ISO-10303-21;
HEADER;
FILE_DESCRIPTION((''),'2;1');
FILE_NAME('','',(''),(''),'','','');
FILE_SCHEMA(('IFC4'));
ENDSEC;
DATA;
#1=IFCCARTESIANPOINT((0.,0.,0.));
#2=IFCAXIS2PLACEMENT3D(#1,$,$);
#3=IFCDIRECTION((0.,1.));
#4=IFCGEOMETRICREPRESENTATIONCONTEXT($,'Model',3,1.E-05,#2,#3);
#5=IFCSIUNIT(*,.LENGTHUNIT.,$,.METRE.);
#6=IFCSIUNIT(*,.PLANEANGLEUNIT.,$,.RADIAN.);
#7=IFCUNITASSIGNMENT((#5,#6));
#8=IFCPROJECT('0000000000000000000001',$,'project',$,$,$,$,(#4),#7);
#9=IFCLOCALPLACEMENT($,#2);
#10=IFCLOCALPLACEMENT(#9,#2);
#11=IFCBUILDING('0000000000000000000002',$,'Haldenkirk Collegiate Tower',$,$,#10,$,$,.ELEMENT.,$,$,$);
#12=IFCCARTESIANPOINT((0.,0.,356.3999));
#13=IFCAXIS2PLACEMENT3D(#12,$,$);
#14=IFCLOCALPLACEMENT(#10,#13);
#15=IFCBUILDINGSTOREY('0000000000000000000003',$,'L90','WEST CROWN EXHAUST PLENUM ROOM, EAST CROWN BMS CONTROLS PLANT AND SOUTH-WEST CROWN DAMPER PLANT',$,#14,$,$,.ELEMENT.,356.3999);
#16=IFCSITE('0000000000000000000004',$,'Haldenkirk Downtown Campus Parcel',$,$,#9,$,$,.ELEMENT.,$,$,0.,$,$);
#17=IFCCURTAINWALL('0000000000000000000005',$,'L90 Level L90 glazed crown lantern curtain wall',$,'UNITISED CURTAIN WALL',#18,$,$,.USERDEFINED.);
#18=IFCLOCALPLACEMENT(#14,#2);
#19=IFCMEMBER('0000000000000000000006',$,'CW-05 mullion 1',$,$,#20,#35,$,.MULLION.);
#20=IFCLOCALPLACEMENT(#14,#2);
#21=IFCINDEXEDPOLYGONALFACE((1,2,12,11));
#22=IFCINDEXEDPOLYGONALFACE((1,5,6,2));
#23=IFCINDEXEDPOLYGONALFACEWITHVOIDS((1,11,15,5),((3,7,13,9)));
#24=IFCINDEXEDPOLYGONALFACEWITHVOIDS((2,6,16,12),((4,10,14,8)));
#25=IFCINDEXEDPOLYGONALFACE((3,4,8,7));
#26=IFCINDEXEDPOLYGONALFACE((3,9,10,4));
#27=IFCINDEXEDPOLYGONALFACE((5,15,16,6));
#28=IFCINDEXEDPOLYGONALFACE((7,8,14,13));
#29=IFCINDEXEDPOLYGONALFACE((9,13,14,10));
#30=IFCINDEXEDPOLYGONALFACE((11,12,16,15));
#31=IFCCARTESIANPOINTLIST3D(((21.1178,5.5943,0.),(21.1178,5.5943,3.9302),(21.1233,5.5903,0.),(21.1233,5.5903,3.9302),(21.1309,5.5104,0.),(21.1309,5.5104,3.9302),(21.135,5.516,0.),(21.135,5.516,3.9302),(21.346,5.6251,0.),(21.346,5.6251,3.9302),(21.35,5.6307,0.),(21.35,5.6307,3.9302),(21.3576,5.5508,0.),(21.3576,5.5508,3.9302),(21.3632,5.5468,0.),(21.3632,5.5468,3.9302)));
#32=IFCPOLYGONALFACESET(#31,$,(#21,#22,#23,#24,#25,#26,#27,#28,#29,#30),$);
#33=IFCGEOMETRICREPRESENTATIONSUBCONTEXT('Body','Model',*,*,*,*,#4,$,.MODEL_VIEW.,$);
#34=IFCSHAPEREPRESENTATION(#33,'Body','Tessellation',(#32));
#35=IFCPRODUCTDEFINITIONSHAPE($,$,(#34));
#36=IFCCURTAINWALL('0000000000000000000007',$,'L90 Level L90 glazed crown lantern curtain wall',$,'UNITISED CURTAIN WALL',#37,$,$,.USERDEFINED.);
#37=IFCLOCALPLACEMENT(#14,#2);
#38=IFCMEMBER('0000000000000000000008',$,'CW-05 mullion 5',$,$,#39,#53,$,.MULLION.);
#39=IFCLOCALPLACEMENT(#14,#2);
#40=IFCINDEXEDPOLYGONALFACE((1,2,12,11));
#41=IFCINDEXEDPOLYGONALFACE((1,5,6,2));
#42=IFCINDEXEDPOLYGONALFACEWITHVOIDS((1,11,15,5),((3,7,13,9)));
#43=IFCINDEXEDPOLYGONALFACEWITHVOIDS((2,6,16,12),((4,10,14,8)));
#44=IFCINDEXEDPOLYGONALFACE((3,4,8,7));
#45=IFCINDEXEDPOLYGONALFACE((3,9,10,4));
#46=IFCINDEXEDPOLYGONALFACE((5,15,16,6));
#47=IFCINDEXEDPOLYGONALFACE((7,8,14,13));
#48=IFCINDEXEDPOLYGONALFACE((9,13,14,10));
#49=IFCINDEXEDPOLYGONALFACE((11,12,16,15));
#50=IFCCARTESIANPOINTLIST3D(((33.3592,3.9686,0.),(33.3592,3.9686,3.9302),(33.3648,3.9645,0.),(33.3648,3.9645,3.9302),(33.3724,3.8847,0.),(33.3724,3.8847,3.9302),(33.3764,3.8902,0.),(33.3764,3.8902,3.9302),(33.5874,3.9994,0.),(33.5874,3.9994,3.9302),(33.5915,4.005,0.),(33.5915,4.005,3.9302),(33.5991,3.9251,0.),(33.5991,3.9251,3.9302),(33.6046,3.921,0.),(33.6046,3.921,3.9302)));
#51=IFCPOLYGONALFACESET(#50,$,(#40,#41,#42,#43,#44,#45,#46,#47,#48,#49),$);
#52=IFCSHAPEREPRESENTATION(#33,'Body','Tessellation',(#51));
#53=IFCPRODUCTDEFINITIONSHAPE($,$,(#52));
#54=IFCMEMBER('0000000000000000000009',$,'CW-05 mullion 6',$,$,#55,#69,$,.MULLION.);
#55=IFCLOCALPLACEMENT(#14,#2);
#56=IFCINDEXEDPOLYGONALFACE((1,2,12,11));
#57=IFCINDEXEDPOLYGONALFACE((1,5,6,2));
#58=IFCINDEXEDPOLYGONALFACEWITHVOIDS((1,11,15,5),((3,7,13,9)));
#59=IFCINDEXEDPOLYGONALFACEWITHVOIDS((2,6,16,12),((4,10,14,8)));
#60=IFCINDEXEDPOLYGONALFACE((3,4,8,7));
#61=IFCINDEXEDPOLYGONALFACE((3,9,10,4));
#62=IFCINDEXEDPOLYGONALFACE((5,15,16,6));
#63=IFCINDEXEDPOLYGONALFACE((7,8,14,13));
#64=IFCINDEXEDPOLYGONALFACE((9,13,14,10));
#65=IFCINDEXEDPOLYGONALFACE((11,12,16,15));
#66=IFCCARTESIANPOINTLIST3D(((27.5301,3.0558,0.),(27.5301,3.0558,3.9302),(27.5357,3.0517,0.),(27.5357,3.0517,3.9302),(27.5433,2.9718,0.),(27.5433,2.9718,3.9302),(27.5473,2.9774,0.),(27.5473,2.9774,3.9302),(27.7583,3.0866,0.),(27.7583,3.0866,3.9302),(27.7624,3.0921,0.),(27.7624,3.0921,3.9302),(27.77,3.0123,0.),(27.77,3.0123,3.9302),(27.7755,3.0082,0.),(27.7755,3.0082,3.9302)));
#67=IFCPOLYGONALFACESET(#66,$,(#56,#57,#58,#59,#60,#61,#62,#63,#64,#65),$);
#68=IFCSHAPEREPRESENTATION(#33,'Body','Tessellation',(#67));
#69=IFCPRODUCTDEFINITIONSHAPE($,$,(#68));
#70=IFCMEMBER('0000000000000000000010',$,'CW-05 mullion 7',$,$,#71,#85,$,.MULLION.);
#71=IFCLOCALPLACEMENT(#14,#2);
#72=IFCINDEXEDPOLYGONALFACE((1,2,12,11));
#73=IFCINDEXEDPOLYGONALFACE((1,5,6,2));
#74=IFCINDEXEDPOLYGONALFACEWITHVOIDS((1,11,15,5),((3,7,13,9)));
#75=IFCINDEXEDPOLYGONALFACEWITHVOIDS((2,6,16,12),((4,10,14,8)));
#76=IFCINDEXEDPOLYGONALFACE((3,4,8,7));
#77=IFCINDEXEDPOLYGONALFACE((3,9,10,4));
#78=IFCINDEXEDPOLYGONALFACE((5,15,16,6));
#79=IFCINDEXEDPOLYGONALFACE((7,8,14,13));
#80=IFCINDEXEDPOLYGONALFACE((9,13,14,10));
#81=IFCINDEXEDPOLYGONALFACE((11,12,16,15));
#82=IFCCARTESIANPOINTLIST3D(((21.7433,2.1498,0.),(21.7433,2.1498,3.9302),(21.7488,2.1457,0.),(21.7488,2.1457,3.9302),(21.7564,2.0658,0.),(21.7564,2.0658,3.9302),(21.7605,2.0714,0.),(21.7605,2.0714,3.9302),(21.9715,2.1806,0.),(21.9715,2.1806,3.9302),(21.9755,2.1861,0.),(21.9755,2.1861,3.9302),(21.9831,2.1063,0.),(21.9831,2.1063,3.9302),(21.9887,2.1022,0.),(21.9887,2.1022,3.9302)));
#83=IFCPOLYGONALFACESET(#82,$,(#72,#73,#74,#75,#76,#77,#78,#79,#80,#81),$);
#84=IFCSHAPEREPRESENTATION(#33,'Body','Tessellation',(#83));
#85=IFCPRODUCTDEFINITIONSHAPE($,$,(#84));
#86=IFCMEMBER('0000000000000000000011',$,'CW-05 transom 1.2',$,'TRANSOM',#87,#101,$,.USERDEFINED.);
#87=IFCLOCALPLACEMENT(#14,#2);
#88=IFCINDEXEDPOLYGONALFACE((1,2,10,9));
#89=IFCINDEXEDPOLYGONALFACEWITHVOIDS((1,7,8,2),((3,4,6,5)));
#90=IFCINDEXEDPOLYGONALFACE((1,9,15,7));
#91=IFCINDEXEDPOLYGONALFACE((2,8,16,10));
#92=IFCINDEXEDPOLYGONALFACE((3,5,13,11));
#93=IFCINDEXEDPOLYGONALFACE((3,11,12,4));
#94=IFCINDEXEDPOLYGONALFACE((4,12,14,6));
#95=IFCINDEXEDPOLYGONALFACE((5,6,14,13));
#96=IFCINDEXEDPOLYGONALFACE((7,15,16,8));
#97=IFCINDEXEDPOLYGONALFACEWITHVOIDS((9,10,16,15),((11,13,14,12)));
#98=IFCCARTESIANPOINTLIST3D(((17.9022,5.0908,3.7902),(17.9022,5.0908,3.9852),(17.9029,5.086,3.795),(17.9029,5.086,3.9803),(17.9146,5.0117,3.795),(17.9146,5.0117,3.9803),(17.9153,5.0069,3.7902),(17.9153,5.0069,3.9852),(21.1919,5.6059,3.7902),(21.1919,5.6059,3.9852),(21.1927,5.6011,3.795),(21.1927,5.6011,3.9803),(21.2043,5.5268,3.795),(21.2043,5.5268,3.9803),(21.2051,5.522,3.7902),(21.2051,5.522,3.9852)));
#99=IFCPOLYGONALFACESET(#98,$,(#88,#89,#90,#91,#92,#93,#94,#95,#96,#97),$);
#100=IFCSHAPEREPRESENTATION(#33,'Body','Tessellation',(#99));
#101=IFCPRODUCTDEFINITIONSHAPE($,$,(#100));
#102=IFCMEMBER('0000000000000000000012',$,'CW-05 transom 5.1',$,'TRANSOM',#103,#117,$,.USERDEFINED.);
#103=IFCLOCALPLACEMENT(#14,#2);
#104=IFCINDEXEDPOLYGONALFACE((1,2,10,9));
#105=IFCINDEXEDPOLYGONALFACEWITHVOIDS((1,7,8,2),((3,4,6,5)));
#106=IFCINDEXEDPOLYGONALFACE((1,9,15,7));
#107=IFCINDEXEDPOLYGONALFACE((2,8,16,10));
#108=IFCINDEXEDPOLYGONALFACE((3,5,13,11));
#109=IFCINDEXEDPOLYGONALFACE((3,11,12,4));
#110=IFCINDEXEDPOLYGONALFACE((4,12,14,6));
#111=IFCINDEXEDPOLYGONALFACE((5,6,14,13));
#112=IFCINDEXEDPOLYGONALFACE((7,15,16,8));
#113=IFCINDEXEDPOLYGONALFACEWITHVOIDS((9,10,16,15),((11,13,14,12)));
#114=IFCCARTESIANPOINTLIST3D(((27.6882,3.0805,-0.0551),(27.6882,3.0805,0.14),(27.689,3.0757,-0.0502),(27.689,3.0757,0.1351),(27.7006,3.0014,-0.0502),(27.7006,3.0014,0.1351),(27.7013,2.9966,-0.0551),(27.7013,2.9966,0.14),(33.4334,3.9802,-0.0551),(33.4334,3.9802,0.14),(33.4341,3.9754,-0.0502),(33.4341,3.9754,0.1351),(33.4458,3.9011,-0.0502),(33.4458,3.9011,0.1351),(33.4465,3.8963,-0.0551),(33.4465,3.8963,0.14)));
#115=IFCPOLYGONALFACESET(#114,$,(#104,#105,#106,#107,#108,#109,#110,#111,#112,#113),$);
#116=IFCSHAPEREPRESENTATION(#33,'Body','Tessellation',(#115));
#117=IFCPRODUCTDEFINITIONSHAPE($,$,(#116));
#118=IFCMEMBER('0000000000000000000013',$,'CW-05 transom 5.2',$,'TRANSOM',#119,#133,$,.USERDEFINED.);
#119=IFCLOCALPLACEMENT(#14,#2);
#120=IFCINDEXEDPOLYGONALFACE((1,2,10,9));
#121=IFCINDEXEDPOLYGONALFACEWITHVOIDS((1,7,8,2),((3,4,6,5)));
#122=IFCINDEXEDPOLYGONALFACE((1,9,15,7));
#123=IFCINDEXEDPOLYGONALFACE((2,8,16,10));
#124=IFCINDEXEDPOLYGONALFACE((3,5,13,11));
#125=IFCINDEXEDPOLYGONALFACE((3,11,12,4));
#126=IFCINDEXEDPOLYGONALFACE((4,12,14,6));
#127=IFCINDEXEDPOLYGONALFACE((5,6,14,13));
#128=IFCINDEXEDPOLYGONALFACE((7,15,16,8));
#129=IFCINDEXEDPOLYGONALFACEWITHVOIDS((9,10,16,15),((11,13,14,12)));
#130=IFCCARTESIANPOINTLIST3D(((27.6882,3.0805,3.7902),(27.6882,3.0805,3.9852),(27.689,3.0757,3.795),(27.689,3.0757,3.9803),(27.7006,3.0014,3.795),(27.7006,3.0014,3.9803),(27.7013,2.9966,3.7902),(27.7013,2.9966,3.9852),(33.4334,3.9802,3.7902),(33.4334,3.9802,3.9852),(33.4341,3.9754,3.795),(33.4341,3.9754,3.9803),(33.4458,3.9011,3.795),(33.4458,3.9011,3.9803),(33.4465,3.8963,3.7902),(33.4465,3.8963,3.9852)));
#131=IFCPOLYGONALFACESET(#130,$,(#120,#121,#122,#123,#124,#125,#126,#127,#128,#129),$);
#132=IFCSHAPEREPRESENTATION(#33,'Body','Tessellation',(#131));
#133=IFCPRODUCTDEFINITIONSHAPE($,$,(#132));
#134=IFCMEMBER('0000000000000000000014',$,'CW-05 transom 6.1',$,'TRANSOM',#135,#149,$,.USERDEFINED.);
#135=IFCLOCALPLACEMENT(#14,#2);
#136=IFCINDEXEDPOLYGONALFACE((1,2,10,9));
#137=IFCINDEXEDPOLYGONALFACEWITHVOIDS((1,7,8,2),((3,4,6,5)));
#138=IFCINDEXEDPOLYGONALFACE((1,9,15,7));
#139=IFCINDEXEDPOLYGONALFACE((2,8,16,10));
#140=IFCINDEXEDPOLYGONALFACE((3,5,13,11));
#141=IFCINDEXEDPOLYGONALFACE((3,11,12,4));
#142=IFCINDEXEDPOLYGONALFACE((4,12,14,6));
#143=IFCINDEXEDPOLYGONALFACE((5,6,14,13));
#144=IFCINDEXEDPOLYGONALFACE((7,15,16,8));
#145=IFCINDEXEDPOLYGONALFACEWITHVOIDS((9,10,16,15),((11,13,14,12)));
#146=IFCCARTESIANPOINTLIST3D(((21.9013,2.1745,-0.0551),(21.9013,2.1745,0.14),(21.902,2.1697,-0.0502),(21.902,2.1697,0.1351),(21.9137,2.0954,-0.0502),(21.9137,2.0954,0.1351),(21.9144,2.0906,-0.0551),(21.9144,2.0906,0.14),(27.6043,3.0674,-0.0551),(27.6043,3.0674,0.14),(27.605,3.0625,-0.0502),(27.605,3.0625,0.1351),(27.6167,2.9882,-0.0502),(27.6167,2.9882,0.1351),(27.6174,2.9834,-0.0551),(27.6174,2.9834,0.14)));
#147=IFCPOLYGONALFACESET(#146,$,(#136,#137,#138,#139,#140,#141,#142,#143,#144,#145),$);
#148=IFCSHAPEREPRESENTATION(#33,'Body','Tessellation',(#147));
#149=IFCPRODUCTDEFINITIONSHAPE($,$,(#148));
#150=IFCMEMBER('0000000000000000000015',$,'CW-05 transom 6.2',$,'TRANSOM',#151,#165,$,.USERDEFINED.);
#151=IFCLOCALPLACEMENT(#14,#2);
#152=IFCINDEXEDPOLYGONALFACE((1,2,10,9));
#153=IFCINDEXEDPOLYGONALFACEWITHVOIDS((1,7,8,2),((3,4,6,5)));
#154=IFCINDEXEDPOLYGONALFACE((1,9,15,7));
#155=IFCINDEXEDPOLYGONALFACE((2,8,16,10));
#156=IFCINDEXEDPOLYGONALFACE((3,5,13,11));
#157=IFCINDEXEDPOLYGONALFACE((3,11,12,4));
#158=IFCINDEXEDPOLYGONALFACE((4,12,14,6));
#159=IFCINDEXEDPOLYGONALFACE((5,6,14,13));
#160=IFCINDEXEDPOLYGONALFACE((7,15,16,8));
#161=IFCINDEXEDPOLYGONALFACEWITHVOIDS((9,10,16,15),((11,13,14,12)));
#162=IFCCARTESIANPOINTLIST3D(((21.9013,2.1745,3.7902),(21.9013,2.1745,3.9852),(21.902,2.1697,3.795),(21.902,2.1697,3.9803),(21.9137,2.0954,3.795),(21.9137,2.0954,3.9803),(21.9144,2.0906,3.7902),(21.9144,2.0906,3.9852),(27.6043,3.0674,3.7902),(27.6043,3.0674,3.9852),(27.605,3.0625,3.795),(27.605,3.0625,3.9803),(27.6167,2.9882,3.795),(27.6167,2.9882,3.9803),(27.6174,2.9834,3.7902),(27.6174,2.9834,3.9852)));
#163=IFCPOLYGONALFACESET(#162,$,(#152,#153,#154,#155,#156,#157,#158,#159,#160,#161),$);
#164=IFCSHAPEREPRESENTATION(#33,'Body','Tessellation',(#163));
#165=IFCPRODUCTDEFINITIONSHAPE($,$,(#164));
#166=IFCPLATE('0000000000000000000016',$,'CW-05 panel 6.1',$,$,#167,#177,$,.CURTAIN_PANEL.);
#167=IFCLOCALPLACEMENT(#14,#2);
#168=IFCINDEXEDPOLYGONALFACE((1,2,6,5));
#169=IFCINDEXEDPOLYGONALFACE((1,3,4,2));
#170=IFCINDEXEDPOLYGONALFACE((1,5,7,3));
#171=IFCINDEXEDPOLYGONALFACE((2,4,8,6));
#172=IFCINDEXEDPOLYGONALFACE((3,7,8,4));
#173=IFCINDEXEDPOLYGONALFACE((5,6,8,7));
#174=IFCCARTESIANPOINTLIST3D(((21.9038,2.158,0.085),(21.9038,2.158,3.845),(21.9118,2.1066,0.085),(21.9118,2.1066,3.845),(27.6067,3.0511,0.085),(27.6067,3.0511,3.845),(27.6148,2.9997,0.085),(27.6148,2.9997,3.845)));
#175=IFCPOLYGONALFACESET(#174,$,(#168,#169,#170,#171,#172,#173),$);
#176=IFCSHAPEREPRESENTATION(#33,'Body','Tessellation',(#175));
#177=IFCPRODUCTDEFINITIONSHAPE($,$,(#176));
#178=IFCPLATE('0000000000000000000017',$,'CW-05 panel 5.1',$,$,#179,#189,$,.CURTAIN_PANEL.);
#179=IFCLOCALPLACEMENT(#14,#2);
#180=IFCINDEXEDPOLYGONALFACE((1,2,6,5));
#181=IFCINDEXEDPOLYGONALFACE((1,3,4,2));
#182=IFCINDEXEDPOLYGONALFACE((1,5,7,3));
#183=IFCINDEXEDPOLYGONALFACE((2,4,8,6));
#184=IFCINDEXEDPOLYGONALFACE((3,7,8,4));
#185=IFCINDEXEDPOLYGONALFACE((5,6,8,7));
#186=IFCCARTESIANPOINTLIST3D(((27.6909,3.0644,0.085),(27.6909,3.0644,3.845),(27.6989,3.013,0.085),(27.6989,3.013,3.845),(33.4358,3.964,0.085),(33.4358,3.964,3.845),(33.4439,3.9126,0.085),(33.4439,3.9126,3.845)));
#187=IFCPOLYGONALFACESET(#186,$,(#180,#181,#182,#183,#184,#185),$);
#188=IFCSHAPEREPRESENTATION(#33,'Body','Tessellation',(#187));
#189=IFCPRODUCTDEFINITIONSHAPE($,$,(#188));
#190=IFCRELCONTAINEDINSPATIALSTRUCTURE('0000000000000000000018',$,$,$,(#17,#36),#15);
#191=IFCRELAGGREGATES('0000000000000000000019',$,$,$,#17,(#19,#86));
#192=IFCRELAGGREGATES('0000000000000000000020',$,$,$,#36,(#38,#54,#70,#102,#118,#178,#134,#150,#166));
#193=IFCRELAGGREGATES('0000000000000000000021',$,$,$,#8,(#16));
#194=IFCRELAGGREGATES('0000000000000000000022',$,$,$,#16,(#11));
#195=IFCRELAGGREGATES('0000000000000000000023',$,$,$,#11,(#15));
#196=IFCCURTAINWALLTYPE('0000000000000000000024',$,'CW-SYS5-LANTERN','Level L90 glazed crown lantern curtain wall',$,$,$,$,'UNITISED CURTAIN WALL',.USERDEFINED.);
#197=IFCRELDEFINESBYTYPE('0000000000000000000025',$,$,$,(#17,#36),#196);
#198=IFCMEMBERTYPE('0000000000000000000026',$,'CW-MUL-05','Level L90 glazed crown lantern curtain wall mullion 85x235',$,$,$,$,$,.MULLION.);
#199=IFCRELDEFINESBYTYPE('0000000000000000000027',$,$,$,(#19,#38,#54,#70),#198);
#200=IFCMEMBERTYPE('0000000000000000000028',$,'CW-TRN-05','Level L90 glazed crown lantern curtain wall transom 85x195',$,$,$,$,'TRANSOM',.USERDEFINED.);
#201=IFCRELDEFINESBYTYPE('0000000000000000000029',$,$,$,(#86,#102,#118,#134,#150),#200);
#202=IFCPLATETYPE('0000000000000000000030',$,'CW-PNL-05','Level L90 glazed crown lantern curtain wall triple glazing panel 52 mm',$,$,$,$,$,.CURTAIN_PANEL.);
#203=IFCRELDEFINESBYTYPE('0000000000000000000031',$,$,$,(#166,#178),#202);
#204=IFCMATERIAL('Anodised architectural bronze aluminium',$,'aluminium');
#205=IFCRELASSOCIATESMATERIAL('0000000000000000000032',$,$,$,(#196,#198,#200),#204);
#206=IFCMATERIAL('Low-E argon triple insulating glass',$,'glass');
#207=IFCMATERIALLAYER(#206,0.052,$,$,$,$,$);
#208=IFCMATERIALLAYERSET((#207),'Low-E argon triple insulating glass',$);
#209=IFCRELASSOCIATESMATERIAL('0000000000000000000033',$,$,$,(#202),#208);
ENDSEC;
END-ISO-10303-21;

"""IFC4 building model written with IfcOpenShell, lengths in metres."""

from ifc_helpers import new_model, si_unit, direction, frame, origin, origin_2d, place, context, subcontext, project, spatial, rectangle, hollow_rectangle, extrude, source, transform, mapped, material, layer, layer_set, material_profile, profile_set, type_object, element, aggregate, save


model = new_model("IFC4")

# Units and contexts
model_context = context("Model", 3, precision=1e-05, world=origin(), true_north=direction((0.0, 1.0)))
body_context = subcontext(model_context, "Body", "Model", "MODEL_VIEW")
ifc_project = project(units=[si_unit("LENGTHUNIT", "METRE"), si_unit("PLANEANGLEUNIT", "RADIAN")], contexts=[model_context])

# Site, building, storey
site_placement = place(None, origin())
site = spatial("IfcSite", under=ifc_project, at=site_placement, Name="Haldenkirk Downtown Campus Parcel", CompositionType="ELEMENT", RefElevation=0.0)
building_placement = place(site_placement, origin())
building = spatial("IfcBuilding", under=site, at=building_placement, Name="Haldenkirk Collegiate Tower", CompositionType="ELEMENT")
storey_placement = place(building_placement, frame((0.0, 0.0, 356.3999)))
storey = spatial("IfcBuildingStorey", under=building, at=storey_placement, Name="L90", Description="WEST CROWN EXHAUST PLENUM ROOM, EAST CROWN BMS CONTROLS PLANT AND SOUTH-WEST CROWN DAMPER PLANT", CompositionType="ELEMENT", Elevation=356.3999)

# Curtain wall, member
ifc_material_1 = material(Name="Anodised architectural bronze aluminium", Category="aluminium")
curtain_wall_type = type_object("IfcCurtainWallType", Name="CW-SYS5-LANTERN", Description="Level L90 glazed crown lantern curtain wall", ElementType="UNITISED CURTAIN WALL", PredefinedType="USERDEFINED", material=ifc_material_1)
curtain_wall_1_placement = place(storey_placement, origin())
curtain_wall_1 = element("IfcCurtainWall", 1, at=curtain_wall_1_placement, inside=storey, type_object=curtain_wall_type, Name="L90 Level L90 glazed crown lantern curtain wall", ObjectType="UNITISED CURTAIN WALL", PredefinedType="USERDEFINED")
ifc_material_profile_1 = material_profile(ifc_material_1, hollow_rectangle(XDim=0.085, YDim=0.2351, WallThickness=0.0049, at=origin_2d()), Name="CW-MUL-05")
ifc_profile_set_1 = profile_set([ifc_material_profile_1], Name="Anodised architectural bronze aluminium")
member_type_1 = type_object("IfcMemberType", Name="CW-MUL-05", Description="Level L90 glazed crown lantern curtain wall mullion 85x235", PredefinedType="MULLION", material=ifc_profile_set_1)
member_1_placement = place(storey_placement, frame((21.2405, 5.5706, 0.0), z_axis=(0.0, 0.0, 1.0), x_axis=(0.154689, -0.987963, 0.0)))
member_1 = element("IfcMember", 2, at=member_1_placement, type_object=member_type_1, Name="CW-05 mullion 1", PredefinedType="MULLION", context=body_context, shape_type="SweptSolid", body=[
    extrude(hollow_rectangle(XDim=0.085, YDim=0.2351, WallThickness=0.0049, at=origin_2d()), origin(), (0.0, 0.0, 1.0), 3.9302),
])

# Curtain wall, members
curtain_wall_2_placement = place(storey_placement, origin())
curtain_wall_2 = element("IfcCurtainWall", 3, at=curtain_wall_2_placement, inside=storey, type_object=curtain_wall_type, Name="L90 Level L90 glazed crown lantern curtain wall", ObjectType="UNITISED CURTAIN WALL", PredefinedType="USERDEFINED")
member_2_placement = place(storey_placement, frame((33.4819, 3.9448, 0.0), z_axis=(0.0, 0.0, 1.0), x_axis=(0.154709, -0.98796, 0.0)))
member_2 = element("IfcMember", 4, at=member_2_placement, type_object=member_type_1, Name="CW-05 mullion 5", PredefinedType="MULLION", context=body_context, shape_type="SweptSolid", body=[
    extrude(hollow_rectangle(XDim=0.085, YDim=0.2351, WallThickness=0.0049, at=origin_2d()), origin(), (0.0, 0.0, 1.0), 3.9302),
])
member_3_placement = place(storey_placement, frame((27.6528, 3.032, 0.0), z_axis=(0.0, 0.0, 1.0), x_axis=(0.154709, -0.98796, 0.0)))
member_3 = element("IfcMember", 5, at=member_3_placement, type_object=member_type_1, Name="CW-05 mullion 6", PredefinedType="MULLION", context=body_context, shape_type="SweptSolid", body=[
    extrude(hollow_rectangle(XDim=0.085, YDim=0.2351, WallThickness=0.0049, at=origin_2d()), origin(), (0.0, 0.0, 1.0), 3.9302),
])
member_4_placement = place(storey_placement, frame((21.866, 2.126, 0.0), z_axis=(0.0, 0.0, 1.0), x_axis=(0.154709, -0.98796, 0.0)))
member_4 = element("IfcMember", 6, at=member_4_placement, type_object=member_type_1, Name="CW-05 mullion 7", PredefinedType="MULLION", context=body_context, shape_type="SweptSolid", body=[
    extrude(hollow_rectangle(XDim=0.085, YDim=0.2351, WallThickness=0.0049, at=origin_2d()), origin(), (0.0, 0.0, 1.0), 3.9302),
])

# Members
ifc_material_profile_2 = material_profile(ifc_material_1, hollow_rectangle(XDim=0.085, YDim=0.1951, WallThickness=0.0049, at=origin_2d()), Name="CW-TRN-05")
ifc_profile_set_2 = profile_set([ifc_material_profile_2], Name="Anodised architectural bronze aluminium")
member_type_2 = type_object("IfcMemberType", Name="CW-TRN-05", Description="Level L90 glazed crown lantern curtain wall transom 85x195", ElementType="TRANSOM", PredefinedType="USERDEFINED", material=ifc_profile_set_2)
member_5_placement = place(storey_placement, frame((21.1985, 5.564, 3.8877), z_axis=(-0.987961, -0.154701, 0.0), x_axis=(0.154701, -0.987961, 0.0)))
member_5 = element("IfcMember", 7, at=member_5_placement, type_object=member_type_2, Name="CW-05 transom 1.2", ObjectType="TRANSOM", PredefinedType="USERDEFINED", context=body_context, shape_type="SweptSolid", body=[
    extrude(hollow_rectangle(XDim=0.085, YDim=0.1951, WallThickness=0.0049, at=origin_2d()), origin(), (0.0, 0.0, 1.0), 3.3298),
])
aggregate(curtain_wall_1, [member_1, member_5])
member_6_placement = place(storey_placement, frame((33.4399, 3.9382, 0.0425), z_axis=(-0.98796, -0.15471, 0.0), x_axis=(0.15471, -0.98796, 0.0)))
member_6 = element("IfcMember", 8, at=member_6_placement, type_object=member_type_2, Name="CW-05 transom 5.1", ObjectType="TRANSOM", PredefinedType="USERDEFINED", context=body_context, shape_type="SweptSolid", body=[
    extrude(hollow_rectangle(XDim=0.085, YDim=0.1951, WallThickness=0.0049, at=origin_2d()), origin(), (0.0, 0.0, 1.0), 5.8152),
])
member_7_placement = place(storey_placement, frame((33.4399, 3.9382, 3.8877), z_axis=(-0.98796, -0.15471, 0.0), x_axis=(0.15471, -0.98796, 0.0)))
member_7 = element("IfcMember", 9, at=member_7_placement, type_object=member_type_2, Name="CW-05 transom 5.2", ObjectType="TRANSOM", PredefinedType="USERDEFINED", context=body_context, shape_type="SweptSolid", body=[
    extrude(hollow_rectangle(XDim=0.085, YDim=0.1951, WallThickness=0.0049, at=origin_2d()), origin(), (0.0, 0.0, 1.0), 5.8152),
])
member_8_placement = place(storey_placement, frame((27.6108, 3.0254, 0.0425), z_axis=(-0.987966, -0.154672, 0.0), x_axis=(0.154672, -0.987966, 0.0)))
member_8 = element("IfcMember", 10, at=member_8_placement, type_object=member_type_2, Name="CW-05 transom 6.1", ObjectType="TRANSOM", PredefinedType="USERDEFINED", context=body_context, shape_type="SweptSolid", body=[
    extrude(hollow_rectangle(XDim=0.085, YDim=0.1951, WallThickness=0.0049, at=origin_2d()), origin(), (0.0, 0.0, 1.0), 5.7725),
])
member_9_placement = place(storey_placement, frame((27.6108, 3.0254, 3.8877), z_axis=(-0.987966, -0.154672, 0.0), x_axis=(0.154672, -0.987966, 0.0)))
member_9 = element("IfcMember", 11, at=member_9_placement, type_object=member_type_2, Name="CW-05 transom 6.2", ObjectType="TRANSOM", PredefinedType="USERDEFINED", context=body_context, shape_type="SweptSolid", body=[
    extrude(hollow_rectangle(XDim=0.085, YDim=0.1951, WallThickness=0.0049, at=origin_2d()), origin(), (0.0, 0.0, 1.0), 5.7725),
])

# Plates
ifc_material_2 = material(Name="Low-E argon triple insulating glass", Category="glass")
ifc_layer_1 = layer(ifc_material_2, 0.052)
ifc_layer_set_1 = layer_set([ifc_layer_1], Name="Low-E argon triple insulating glass")
plate_type = type_object("IfcPlateType", Name="CW-PNL-05", Description="Level L90 glazed crown lantern curtain wall triple glazing panel 52 mm", PredefinedType="CURTAIN_PANEL", material=ifc_layer_set_1)
shared_shape_1 = source(origin(), body_context, "Body", "SweptSolid", [
    extrude(rectangle(XDim=5.7725, YDim=0.052, at=origin_2d()), origin(), (0.0, 0.0, 1.0), 3.76),
])
plate_1_placement = place(storey_placement, frame((24.7593, 2.5789, 0.085), z_axis=(0.0, 0.0, 1.0), x_axis=(-0.98796, -0.154709, 0.0)))
plate_1 = element("IfcPlate", 12, at=plate_1_placement, type_object=plate_type, Name="CW-05 panel 6.1", PredefinedType="CURTAIN_PANEL", context=body_context, shape_type="MappedRepresentation", body=[
    mapped(shared_shape_1, transform((0.0, 0.0, 0.0), x_axis=(1.0, 0.0, 0.0), y_axis=(0.0, 1.0, 0.0), z_axis=(0.0, 0.0, 1.0), scale=1.0)),
])
shared_shape_2 = source(origin(), body_context, "Body", "SweptSolid", [
    extrude(rectangle(XDim=5.8149, YDim=0.052, at=origin_2d()), origin(), (0.0, 0.0, 1.0), 3.76),
])
plate_2_placement = place(storey_placement, frame((30.5674, 3.4885, 0.085), z_axis=(0.0, 0.0, 1.0), x_axis=(-0.98796, -0.154709, 0.0)))
plate_2 = element("IfcPlate", 13, at=plate_2_placement, type_object=plate_type, Name="CW-05 panel 5.1", PredefinedType="CURTAIN_PANEL", context=body_context, shape_type="MappedRepresentation", body=[
    mapped(shared_shape_2, transform((0.0, 0.0, 0.0), x_axis=(1.0, 0.0, 0.0), y_axis=(0.0, 1.0, 0.0), z_axis=(0.0, 0.0, 1.0), scale=1.0)),
])
aggregate(curtain_wall_2, [member_2, member_3, member_4, member_6, member_7, plate_2, member_8, member_9, plate_1])

save(model, "model.ifc")
